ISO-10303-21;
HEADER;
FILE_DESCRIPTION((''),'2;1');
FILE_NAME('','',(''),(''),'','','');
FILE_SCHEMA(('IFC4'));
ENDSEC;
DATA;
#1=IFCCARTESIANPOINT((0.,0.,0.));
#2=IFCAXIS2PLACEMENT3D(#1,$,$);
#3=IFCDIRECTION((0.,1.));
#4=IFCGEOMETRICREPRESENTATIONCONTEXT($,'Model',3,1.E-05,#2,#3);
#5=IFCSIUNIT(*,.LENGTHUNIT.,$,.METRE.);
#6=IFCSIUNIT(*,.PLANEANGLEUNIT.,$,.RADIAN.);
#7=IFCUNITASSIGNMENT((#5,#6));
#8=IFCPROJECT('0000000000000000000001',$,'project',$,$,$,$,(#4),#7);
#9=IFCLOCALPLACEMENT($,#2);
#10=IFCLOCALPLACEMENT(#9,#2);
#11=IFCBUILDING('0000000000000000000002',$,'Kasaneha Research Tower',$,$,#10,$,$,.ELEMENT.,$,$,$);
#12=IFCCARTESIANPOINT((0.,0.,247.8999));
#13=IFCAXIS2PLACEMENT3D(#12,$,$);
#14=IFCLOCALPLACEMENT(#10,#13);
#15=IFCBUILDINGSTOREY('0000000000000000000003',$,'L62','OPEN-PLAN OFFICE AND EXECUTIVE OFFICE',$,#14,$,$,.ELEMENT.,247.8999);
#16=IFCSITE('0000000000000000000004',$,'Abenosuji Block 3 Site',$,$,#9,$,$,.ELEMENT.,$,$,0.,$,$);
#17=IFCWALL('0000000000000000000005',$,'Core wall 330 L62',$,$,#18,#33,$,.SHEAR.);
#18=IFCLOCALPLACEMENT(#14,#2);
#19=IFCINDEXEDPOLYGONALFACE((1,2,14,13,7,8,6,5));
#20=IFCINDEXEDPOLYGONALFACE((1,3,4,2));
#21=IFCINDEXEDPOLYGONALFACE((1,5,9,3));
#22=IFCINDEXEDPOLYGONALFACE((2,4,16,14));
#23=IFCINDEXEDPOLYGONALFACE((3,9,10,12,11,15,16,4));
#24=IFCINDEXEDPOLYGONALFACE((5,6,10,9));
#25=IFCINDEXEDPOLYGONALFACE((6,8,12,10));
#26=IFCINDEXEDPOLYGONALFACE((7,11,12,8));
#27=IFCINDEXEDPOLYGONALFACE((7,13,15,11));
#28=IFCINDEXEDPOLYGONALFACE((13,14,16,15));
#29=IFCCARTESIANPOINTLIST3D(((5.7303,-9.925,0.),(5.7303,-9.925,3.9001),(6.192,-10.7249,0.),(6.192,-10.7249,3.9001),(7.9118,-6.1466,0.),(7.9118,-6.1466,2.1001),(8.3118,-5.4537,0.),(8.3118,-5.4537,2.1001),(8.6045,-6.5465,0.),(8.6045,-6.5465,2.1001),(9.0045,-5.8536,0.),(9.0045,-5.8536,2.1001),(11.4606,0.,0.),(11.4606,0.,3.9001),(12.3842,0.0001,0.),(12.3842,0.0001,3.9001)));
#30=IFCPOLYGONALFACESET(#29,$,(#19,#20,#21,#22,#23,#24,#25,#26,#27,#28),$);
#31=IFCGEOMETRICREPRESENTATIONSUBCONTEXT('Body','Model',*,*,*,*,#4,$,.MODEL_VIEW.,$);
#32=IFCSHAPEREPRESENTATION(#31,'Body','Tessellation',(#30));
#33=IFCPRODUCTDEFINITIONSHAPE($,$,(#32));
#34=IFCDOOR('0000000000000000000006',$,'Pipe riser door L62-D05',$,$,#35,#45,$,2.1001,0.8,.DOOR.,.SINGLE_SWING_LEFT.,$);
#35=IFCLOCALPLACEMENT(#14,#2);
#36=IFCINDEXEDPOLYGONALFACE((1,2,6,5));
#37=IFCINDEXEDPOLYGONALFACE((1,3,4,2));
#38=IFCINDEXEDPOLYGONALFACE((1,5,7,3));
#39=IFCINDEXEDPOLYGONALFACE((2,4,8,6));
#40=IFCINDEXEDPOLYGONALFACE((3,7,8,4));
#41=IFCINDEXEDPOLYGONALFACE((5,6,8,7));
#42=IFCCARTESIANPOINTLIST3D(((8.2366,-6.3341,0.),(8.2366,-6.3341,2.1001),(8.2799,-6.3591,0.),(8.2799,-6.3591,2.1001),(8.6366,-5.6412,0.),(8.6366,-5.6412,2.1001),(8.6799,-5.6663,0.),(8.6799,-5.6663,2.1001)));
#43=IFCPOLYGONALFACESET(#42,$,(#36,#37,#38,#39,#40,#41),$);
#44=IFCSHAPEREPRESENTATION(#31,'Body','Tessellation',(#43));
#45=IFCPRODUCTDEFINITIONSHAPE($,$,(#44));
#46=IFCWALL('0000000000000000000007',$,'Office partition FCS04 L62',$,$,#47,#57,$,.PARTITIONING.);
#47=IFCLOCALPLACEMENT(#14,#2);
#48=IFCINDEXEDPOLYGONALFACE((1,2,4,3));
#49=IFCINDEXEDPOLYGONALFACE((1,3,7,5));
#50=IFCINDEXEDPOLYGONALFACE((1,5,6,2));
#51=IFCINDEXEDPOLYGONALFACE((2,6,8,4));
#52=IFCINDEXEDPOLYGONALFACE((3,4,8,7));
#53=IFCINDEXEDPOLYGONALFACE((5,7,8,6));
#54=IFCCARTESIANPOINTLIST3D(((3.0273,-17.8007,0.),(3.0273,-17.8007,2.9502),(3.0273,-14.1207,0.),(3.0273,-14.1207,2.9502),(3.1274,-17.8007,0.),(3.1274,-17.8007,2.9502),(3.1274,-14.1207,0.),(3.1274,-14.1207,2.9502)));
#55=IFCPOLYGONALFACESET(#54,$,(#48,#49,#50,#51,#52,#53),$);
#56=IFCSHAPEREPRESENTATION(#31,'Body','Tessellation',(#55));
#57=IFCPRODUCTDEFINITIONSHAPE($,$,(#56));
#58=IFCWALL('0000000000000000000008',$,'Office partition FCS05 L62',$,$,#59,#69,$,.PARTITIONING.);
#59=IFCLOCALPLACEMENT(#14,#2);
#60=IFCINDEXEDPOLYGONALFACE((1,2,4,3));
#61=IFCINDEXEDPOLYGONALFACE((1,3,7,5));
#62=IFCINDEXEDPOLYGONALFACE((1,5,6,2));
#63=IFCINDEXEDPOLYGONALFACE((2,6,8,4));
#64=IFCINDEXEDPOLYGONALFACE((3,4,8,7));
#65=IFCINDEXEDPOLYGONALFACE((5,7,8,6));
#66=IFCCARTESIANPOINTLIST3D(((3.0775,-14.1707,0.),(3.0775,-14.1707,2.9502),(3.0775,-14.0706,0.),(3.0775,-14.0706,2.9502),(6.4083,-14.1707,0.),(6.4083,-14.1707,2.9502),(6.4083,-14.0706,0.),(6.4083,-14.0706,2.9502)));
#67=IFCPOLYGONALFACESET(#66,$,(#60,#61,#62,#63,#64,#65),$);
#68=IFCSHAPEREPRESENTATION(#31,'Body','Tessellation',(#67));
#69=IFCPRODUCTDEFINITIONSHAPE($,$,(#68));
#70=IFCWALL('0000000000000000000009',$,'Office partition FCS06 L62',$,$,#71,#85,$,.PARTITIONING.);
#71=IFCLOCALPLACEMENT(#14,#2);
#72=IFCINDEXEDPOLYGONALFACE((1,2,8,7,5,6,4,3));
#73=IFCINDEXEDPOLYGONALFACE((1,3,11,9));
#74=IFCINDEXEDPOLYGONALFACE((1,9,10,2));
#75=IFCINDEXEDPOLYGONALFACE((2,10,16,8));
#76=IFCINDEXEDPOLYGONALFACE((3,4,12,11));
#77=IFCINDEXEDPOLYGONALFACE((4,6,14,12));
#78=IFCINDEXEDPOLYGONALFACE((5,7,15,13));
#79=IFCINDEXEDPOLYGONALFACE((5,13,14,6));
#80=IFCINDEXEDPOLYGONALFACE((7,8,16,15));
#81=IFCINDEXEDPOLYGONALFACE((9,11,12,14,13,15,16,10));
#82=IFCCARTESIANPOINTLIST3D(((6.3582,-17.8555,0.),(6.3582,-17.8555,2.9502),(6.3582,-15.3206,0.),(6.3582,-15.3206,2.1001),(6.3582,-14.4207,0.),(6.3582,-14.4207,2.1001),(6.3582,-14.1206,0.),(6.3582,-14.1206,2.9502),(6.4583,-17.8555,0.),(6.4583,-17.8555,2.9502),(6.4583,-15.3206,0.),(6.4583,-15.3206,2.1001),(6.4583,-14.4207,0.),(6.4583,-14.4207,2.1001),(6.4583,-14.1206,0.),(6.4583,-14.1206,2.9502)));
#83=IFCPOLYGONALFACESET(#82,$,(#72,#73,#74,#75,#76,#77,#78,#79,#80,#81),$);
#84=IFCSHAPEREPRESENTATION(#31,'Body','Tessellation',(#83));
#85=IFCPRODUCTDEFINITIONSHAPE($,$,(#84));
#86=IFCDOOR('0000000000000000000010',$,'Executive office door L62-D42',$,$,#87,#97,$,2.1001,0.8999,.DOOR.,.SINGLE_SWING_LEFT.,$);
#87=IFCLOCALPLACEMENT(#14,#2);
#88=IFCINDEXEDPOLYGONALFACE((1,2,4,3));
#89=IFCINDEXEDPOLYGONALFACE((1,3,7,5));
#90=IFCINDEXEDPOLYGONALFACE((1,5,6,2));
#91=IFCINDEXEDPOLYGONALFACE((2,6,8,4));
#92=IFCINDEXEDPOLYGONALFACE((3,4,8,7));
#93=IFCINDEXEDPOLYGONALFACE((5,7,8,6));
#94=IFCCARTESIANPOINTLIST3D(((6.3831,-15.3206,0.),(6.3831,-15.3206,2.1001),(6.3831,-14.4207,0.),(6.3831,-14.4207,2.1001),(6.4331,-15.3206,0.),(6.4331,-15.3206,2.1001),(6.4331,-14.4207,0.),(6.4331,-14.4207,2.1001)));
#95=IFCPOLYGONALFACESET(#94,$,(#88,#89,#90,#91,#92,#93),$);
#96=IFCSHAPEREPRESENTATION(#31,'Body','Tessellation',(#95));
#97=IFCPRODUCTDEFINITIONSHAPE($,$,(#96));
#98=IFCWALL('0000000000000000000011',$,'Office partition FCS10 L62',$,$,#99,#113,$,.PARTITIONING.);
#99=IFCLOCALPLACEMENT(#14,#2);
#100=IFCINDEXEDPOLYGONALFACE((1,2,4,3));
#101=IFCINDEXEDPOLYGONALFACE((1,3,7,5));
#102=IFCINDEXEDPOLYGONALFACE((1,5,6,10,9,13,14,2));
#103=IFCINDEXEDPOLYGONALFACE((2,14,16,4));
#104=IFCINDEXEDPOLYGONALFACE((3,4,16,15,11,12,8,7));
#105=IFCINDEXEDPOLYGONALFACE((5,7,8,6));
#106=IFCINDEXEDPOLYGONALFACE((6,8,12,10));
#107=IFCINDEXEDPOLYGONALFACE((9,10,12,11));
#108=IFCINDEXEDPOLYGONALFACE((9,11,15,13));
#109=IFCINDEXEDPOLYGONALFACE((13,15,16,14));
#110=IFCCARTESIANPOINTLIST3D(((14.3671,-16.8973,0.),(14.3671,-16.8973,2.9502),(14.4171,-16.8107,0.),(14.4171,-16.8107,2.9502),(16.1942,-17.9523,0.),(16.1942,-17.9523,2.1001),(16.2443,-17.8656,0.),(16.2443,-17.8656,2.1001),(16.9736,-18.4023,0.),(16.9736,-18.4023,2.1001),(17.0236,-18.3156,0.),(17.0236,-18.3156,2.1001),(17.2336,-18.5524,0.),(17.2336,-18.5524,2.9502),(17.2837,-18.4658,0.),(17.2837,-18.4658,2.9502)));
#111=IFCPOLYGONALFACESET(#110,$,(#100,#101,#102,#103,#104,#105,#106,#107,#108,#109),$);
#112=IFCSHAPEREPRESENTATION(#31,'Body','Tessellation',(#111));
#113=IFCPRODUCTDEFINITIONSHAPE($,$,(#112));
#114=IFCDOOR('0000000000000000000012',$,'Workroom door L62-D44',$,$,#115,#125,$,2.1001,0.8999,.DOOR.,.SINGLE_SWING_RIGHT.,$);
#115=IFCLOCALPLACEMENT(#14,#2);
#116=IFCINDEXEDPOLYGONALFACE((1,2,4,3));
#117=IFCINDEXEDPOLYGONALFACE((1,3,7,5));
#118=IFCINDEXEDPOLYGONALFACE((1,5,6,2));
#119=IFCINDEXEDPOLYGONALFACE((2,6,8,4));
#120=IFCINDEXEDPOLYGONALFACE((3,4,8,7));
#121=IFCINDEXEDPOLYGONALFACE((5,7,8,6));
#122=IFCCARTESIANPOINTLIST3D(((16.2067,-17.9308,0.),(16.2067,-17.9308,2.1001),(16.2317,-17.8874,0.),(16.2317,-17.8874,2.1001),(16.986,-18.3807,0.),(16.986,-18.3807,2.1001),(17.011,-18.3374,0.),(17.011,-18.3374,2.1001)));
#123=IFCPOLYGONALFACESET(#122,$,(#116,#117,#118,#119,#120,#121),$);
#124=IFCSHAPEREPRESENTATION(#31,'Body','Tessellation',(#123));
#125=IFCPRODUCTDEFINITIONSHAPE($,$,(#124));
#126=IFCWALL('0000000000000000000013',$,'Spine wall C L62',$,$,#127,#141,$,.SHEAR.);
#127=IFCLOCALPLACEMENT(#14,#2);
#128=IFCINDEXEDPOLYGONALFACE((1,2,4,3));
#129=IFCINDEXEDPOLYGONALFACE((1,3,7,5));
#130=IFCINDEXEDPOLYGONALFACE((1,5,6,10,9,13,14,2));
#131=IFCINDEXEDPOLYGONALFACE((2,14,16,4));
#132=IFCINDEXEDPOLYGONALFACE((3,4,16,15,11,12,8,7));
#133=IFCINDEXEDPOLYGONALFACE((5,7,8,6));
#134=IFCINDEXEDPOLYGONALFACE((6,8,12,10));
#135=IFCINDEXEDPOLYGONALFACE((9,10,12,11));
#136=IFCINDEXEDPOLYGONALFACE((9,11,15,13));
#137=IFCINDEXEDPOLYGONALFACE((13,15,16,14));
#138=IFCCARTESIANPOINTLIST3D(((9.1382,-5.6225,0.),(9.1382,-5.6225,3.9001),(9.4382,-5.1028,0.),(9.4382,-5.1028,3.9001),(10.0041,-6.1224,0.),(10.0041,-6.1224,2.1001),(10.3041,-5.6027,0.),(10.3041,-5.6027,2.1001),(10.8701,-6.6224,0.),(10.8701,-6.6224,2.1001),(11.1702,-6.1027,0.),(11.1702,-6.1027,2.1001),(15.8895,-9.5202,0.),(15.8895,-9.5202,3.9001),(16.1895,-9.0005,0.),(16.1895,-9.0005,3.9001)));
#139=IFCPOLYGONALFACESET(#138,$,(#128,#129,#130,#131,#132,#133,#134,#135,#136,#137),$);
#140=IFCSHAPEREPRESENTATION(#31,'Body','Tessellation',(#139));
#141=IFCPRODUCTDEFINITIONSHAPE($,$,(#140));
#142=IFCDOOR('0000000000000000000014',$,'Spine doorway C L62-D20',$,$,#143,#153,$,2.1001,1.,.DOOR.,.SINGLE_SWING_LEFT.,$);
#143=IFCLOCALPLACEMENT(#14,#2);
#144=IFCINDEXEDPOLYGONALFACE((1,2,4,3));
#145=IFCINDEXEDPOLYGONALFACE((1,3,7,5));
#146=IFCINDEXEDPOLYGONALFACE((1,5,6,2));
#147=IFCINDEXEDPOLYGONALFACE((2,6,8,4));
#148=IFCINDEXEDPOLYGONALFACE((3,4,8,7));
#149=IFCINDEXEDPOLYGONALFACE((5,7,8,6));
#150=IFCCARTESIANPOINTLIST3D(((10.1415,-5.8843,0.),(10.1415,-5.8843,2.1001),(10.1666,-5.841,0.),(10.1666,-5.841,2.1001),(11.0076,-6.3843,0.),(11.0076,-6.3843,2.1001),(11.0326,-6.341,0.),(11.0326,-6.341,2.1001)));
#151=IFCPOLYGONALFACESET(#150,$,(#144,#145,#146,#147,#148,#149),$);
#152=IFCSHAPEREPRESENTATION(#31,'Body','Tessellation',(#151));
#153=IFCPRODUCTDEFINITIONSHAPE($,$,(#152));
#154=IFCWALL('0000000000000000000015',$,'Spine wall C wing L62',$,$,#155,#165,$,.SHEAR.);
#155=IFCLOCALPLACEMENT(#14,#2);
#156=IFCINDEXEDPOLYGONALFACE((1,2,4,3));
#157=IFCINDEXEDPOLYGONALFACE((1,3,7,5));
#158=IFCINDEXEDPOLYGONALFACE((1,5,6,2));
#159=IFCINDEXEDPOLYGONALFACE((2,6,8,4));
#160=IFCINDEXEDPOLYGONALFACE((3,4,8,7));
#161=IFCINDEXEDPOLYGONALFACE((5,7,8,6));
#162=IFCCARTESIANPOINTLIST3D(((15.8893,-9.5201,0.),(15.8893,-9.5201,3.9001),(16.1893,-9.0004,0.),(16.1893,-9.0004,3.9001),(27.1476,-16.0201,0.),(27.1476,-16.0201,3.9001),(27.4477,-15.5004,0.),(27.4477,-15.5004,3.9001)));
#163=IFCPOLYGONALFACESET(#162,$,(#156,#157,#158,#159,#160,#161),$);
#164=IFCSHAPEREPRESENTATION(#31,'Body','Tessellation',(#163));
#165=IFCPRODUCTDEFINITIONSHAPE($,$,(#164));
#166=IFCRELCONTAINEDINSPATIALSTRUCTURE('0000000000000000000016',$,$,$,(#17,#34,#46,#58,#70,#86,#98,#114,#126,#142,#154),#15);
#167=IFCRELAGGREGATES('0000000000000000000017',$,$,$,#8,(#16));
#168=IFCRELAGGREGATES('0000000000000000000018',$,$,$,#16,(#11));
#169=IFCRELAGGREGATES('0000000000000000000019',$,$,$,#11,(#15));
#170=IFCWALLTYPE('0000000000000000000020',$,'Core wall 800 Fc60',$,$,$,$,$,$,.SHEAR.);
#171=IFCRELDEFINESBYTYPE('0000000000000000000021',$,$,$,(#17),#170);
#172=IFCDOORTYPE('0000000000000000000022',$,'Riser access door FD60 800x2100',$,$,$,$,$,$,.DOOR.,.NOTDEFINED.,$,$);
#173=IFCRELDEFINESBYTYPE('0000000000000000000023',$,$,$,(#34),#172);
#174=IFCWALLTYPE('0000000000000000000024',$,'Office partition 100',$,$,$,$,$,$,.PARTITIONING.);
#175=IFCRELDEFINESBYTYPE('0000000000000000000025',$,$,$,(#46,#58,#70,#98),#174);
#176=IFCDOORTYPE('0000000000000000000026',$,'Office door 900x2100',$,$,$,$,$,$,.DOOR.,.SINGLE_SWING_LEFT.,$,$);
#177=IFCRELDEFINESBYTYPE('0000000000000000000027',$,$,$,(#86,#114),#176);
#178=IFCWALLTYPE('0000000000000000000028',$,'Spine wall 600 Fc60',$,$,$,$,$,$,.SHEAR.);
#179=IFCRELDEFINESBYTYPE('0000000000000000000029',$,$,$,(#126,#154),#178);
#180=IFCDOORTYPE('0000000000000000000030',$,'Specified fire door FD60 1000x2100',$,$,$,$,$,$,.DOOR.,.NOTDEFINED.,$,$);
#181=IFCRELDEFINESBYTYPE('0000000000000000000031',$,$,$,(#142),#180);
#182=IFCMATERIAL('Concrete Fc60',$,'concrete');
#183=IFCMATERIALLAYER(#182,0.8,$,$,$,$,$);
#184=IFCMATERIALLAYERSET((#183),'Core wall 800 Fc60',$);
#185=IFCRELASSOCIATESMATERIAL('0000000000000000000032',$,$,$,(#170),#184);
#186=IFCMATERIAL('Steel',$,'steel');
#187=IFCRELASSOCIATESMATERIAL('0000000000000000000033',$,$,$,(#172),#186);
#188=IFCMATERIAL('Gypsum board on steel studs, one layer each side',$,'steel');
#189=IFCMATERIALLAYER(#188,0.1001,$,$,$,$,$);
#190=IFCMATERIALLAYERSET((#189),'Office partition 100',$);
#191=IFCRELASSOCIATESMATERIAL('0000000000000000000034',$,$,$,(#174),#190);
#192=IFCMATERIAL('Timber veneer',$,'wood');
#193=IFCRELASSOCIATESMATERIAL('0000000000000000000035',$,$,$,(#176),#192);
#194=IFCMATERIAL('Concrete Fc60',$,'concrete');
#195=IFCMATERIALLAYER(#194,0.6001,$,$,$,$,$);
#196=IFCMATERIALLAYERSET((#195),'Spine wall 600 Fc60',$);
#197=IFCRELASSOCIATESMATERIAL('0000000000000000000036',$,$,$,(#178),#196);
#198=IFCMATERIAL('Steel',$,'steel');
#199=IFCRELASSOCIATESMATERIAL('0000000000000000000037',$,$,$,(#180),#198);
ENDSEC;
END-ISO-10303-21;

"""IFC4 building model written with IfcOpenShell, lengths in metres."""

from ifc_helpers import new_model, si_unit, direction, frame, frame_2d, origin, place, context, subcontext, project, spatial, polyline, rectangle, outline, extrude, material, layer, layer_set, type_object, element, fill, save


model = new_model("IFC4")

# Units and contexts
model_context = context("Model", 3, precision=1e-05, world=origin(), true_north=direction((0.0, 1.0)))
body_context = subcontext(model_context, "Body", "Model", "MODEL_VIEW")
ifc_project = project(units=[si_unit("LENGTHUNIT", "METRE"), si_unit("PLANEANGLEUNIT", "RADIAN")], contexts=[model_context])

# Site, building, storey
site_placement = place(None, origin())
site = spatial("IfcSite", under=ifc_project, at=site_placement, Name="Abenosuji Block 3 Site", CompositionType="ELEMENT", RefElevation=0.0)
building_placement = place(site_placement, origin())
building = spatial("IfcBuilding", under=site, at=building_placement, Name="Kasaneha Research Tower", CompositionType="ELEMENT")
storey_placement = place(building_placement, frame((0.0, 0.0, 247.8999)))
storey = spatial("IfcBuildingStorey", under=building, at=storey_placement, Name="L62", Description="OPEN-PLAN OFFICE AND EXECUTIVE OFFICE", CompositionType="ELEMENT", Elevation=247.8999)

# Wall, opening, door
ifc_material_1 = material(Name="Concrete Fc60", Category="concrete")
ifc_layer_1 = layer(ifc_material_1, 0.8)
ifc_layer_set_1 = layer_set([ifc_layer_1], Name="Core wall 800 Fc60")
wall_type_1 = type_object("IfcWallType", Name="Core wall 800 Fc60", PredefinedType="SHEAR", material=ifc_layer_set_1)
wall_1_placement = place(storey_placement, frame((5.9612, -10.325, 0.0), z_axis=(0.0, 0.0, 1.0), x_axis=(0.500004, 0.866023, 0.0)))
wall_1 = element("IfcWall", 1, at=wall_1_placement, inside=storey, type_object=wall_type_1, Name="Core wall 330 L62", PredefinedType="SHEAR", context=body_context, shape_type="SweptSolid", body=[
    extrude(outline(polyline([(-0.231, -0.3999), (4.594, -0.3999), (5.394, -0.3999), (12.1533, -0.3999), (11.6914, 0.3999), (5.394, 0.3999), (4.594, 0.3999), (0.231, 0.3999), (-0.231, -0.3999)])), origin(), (0.0, 0.0, 1.0), 3.9001),
])
opening_1_placement = place(wall_1_placement, frame((4.594, 0.0, 0.0)))
opening_1 = element("IfcOpeningElement", 2, at=opening_1_placement, cuts=wall_1, PredefinedType="OPENING", context=body_context, shape_type="SweptSolid", body=[
    extrude(rectangle(XDim=0.8, YDim=2.1001, at=frame_2d((0.3999, 1.05))), frame((0.0, 0.4102, 0.0), z_axis=(0.0, -1.0, 0.0), x_axis=(1.0, 0.0, 0.0)), (0.0, 0.0, 1.0), 0.8201),
])
ifc_material_2 = material(Name="Steel", Category="steel")
door_type_1 = type_object("IfcDoorType", Name="Riser access door FD60 800x2100", OperationType="NOTDEFINED", PredefinedType="DOOR", material=ifc_material_2)
door_1_placement = place(opening_1_placement, origin())
door_1 = element("IfcDoor", 3, at=door_1_placement, inside=storey, type_object=door_type_1, Name="Pipe riser door L62-D05", OperationType="SINGLE_SWING_LEFT", OverallHeight=2.1001, OverallWidth=0.8, PredefinedType="DOOR", context=body_context, shape_type="SweptSolid", body=[
    extrude(rectangle(XDim=0.8, YDim=2.1001, at=frame_2d((0.3999, 1.05))), frame((0.0, 0.0249, 0.0), z_axis=(0.0, -1.0, 0.0), x_axis=(1.0, 0.0, 0.0)), (0.0, 0.0, 1.0), 0.05),
])
fill(opening_1, door_1)

# Walls
ifc_material_3 = material(Name="Gypsum board on steel studs, one layer each side", Category="steel")
ifc_layer_2 = layer(ifc_material_3, 0.1001)
ifc_layer_set_2 = layer_set([ifc_layer_2], Name="Office partition 100")
wall_type_2 = type_object("IfcWallType", Name="Office partition 100", PredefinedType="PARTITIONING", material=ifc_layer_set_2)
wall_2_placement = place(storey_placement, frame((3.0774, -17.8005, 0.0), z_axis=(0.0, 0.0, 1.0), x_axis=(0.0, 1.0, 0.0)))
element("IfcWall", 4, at=wall_2_placement, inside=storey, type_object=wall_type_2, Name="Office partition FCS04 L62", PredefinedType="PARTITIONING", context=body_context, shape_type="SweptSolid", body=[
    extrude(rectangle(XDim=3.6799, YDim=0.1001, at=frame_2d((1.8398, 0.0))), origin(), (0.0, 0.0, 1.0), 2.9502),
])
wall_3_placement = place(storey_placement, frame((3.0774, -14.1206, 0.0), z_axis=(0.0, 0.0, 1.0), x_axis=(1.0, 0.0, 0.0)))
element("IfcWall", 5, at=wall_3_placement, inside=storey, type_object=wall_type_2, Name="Office partition FCS05 L62", PredefinedType="PARTITIONING", context=body_context, shape_type="SweptSolid", body=[
    extrude(rectangle(XDim=3.3308, YDim=0.1001, at=frame_2d((1.6655, 0.0))), origin(), (0.0, 0.0, 1.0), 2.9502),
])

# Walls, openings, doors
wall_4_placement = place(storey_placement, frame((6.4082, -14.1206, 0.0), z_axis=(0.0, 0.0, 1.0), x_axis=(0.0, -1.0, 0.0)))
wall_4 = element("IfcWall", 6, at=wall_4_placement, inside=storey, type_object=wall_type_2, Name="Office partition FCS06 L62", PredefinedType="PARTITIONING", context=body_context, shape_type="SweptSolid", body=[
    extrude(rectangle(XDim=3.7349, YDim=0.1001, at=frame_2d((1.8674, 0.0))), origin(), (0.0, 0.0, 1.0), 2.9502),
])
opening_2_placement = place(wall_4_placement, frame((0.3, 0.0, 0.0)))
opening_2 = element("IfcOpeningElement", 7, at=opening_2_placement, cuts=wall_4, PredefinedType="OPENING", context=body_context, shape_type="SweptSolid", body=[
    extrude(rectangle(XDim=0.8999, YDim=2.1001, at=frame_2d((0.45, 1.05))), frame((0.0, 0.0601, 0.0), z_axis=(0.0, -1.0, 0.0), x_axis=(1.0, 0.0, 0.0)), (0.0, 0.0, 1.0), 0.1201),
])
ifc_material_4 = material(Name="Timber veneer", Category="wood")
door_type_2 = type_object("IfcDoorType", Name="Office door 900x2100", OperationType="SINGLE_SWING_LEFT", PredefinedType="DOOR", material=ifc_material_4)
door_2_placement = place(opening_2_placement, origin())
door_2 = element("IfcDoor", 8, at=door_2_placement, inside=storey, type_object=door_type_2, Name="Executive office door L62-D42", OperationType="SINGLE_SWING_LEFT", OverallHeight=2.1001, OverallWidth=0.8999, PredefinedType="DOOR", context=body_context, shape_type="SweptSolid", body=[
    extrude(rectangle(XDim=0.8999, YDim=2.1001, at=frame_2d((0.45, 1.05))), frame((0.0, 0.0249, 0.0), z_axis=(0.0, -1.0, 0.0), x_axis=(1.0, 0.0, 0.0)), (0.0, 0.0, 1.0), 0.05),
])
fill(opening_2, door_2)
wall_5_placement = place(storey_placement, frame((14.3921, -16.854, 0.0), z_axis=(0.0, 0.0, 1.0), x_axis=(0.866015, -0.500018, 0.0)))
wall_5 = element("IfcWall", 9, at=wall_5_placement, inside=storey, type_object=wall_type_2, Name="Office partition FCS10 L62", PredefinedType="PARTITIONING", context=body_context, shape_type="SweptSolid", body=[
    extrude(rectangle(XDim=3.3101, YDim=0.1001, at=frame_2d((1.655, 0.0))), origin(), (0.0, 0.0, 1.0), 2.9502),
])
opening_3_placement = place(wall_5_placement, frame((2.1099, 0.0, 0.0)))
opening_3 = element("IfcOpeningElement", 10, at=opening_3_placement, cuts=wall_5, PredefinedType="OPENING", context=body_context, shape_type="SweptSolid", body=[
    extrude(rectangle(XDim=0.8999, YDim=2.1001, at=frame_2d((0.45, 1.05))), frame((0.0, 0.0601, 0.0), z_axis=(0.0, -1.0, 0.0), x_axis=(1.0, 0.0, 0.0)), (0.0, 0.0, 1.0), 0.1201),
])
door_3_placement = place(opening_3_placement, origin())
door_3 = element("IfcDoor", 11, at=door_3_placement, inside=storey, type_object=door_type_2, Name="Workroom door L62-D44", OperationType="SINGLE_SWING_RIGHT", OverallHeight=2.1001, OverallWidth=0.8999, PredefinedType="DOOR", context=body_context, shape_type="SweptSolid", body=[
    extrude(rectangle(XDim=0.8999, YDim=2.1001, at=frame_2d((0.45, 1.05))), frame((0.0, 0.0249, 0.0), z_axis=(0.0, -1.0, 0.0), x_axis=(1.0, 0.0, 0.0)), (0.0, 0.0, 1.0), 0.05),
])
fill(opening_3, door_3)
ifc_material_5 = material(Name="Concrete Fc60", Category="concrete")
ifc_layer_3 = layer(ifc_material_5, 0.6001)
ifc_layer_set_3 = layer_set([ifc_layer_3], Name="Spine wall 600 Fc60")
wall_type_3 = type_object("IfcWallType", Name="Spine wall 600 Fc60", PredefinedType="SHEAR", material=ifc_layer_set_3)
wall_6_placement = place(storey_placement, frame((9.2881, -5.3625, 0.0), z_axis=(0.0, 0.0, 1.0), x_axis=(0.866032, -0.499989, 0.0)))
wall_6 = element("IfcWall", 12, at=wall_6_placement, inside=storey, type_object=wall_type_3, Name="Spine wall C L62", PredefinedType="SHEAR", context=body_context, shape_type="SweptSolid", body=[
    extrude(rectangle(XDim=7.7957, YDim=0.6001, at=frame_2d((3.8979, 0.0))), origin(), (0.0, 0.0, 1.0), 3.9001),
])
opening_4_placement = place(wall_6_placement, frame((1.0, 0.0, 0.0)))
opening_4 = element("IfcOpeningElement", 13, at=opening_4_placement, cuts=wall_6, PredefinedType="OPENING", context=body_context, shape_type="SweptSolid", body=[
    extrude(rectangle(XDim=1.0, YDim=2.1001, at=frame_2d((0.5, 1.05))), frame((0.0, 0.3101, 0.0), z_axis=(0.0, -1.0, 0.0), x_axis=(1.0, 0.0, 0.0)), (0.0, 0.0, 1.0), 0.6201),
])
ifc_material_6 = material(Name="Steel", Category="steel")
door_type_3 = type_object("IfcDoorType", Name="Specified fire door FD60 1000x2100", OperationType="NOTDEFINED", PredefinedType="DOOR", material=ifc_material_6)
door_4_placement = place(opening_4_placement, origin())
door_4 = element("IfcDoor", 14, at=door_4_placement, inside=storey, type_object=door_type_3, Name="Spine doorway C L62-D20", OperationType="SINGLE_SWING_LEFT", OverallHeight=2.1001, OverallWidth=1.0, PredefinedType="DOOR", context=body_context, shape_type="SweptSolid", body=[
    extrude(rectangle(XDim=1.0, YDim=2.1001, at=frame_2d((0.5, 1.05))), frame((0.0, 0.0249, 0.0), z_axis=(0.0, -1.0, 0.0), x_axis=(1.0, 0.0, 0.0)), (0.0, 0.0, 1.0), 0.05),
])
fill(opening_4, door_4)

# Wall
wall_7_placement = place(storey_placement, frame((16.0393, -9.2603, 0.0), z_axis=(0.0, 0.0, 1.0), x_axis=(0.866025, -0.500001, 0.0)))
element("IfcWall", 15, at=wall_7_placement, inside=storey, type_object=wall_type_3, Name="Spine wall C wing L62", PredefinedType="SHEAR", context=body_context, shape_type="SweptSolid", body=[
    extrude(rectangle(XDim=13.0, YDim=0.6001, at=frame_2d((6.5, 0.0))), origin(), (0.0, 0.0, 1.0), 3.9001),
])

save(model, "model.ifc")
